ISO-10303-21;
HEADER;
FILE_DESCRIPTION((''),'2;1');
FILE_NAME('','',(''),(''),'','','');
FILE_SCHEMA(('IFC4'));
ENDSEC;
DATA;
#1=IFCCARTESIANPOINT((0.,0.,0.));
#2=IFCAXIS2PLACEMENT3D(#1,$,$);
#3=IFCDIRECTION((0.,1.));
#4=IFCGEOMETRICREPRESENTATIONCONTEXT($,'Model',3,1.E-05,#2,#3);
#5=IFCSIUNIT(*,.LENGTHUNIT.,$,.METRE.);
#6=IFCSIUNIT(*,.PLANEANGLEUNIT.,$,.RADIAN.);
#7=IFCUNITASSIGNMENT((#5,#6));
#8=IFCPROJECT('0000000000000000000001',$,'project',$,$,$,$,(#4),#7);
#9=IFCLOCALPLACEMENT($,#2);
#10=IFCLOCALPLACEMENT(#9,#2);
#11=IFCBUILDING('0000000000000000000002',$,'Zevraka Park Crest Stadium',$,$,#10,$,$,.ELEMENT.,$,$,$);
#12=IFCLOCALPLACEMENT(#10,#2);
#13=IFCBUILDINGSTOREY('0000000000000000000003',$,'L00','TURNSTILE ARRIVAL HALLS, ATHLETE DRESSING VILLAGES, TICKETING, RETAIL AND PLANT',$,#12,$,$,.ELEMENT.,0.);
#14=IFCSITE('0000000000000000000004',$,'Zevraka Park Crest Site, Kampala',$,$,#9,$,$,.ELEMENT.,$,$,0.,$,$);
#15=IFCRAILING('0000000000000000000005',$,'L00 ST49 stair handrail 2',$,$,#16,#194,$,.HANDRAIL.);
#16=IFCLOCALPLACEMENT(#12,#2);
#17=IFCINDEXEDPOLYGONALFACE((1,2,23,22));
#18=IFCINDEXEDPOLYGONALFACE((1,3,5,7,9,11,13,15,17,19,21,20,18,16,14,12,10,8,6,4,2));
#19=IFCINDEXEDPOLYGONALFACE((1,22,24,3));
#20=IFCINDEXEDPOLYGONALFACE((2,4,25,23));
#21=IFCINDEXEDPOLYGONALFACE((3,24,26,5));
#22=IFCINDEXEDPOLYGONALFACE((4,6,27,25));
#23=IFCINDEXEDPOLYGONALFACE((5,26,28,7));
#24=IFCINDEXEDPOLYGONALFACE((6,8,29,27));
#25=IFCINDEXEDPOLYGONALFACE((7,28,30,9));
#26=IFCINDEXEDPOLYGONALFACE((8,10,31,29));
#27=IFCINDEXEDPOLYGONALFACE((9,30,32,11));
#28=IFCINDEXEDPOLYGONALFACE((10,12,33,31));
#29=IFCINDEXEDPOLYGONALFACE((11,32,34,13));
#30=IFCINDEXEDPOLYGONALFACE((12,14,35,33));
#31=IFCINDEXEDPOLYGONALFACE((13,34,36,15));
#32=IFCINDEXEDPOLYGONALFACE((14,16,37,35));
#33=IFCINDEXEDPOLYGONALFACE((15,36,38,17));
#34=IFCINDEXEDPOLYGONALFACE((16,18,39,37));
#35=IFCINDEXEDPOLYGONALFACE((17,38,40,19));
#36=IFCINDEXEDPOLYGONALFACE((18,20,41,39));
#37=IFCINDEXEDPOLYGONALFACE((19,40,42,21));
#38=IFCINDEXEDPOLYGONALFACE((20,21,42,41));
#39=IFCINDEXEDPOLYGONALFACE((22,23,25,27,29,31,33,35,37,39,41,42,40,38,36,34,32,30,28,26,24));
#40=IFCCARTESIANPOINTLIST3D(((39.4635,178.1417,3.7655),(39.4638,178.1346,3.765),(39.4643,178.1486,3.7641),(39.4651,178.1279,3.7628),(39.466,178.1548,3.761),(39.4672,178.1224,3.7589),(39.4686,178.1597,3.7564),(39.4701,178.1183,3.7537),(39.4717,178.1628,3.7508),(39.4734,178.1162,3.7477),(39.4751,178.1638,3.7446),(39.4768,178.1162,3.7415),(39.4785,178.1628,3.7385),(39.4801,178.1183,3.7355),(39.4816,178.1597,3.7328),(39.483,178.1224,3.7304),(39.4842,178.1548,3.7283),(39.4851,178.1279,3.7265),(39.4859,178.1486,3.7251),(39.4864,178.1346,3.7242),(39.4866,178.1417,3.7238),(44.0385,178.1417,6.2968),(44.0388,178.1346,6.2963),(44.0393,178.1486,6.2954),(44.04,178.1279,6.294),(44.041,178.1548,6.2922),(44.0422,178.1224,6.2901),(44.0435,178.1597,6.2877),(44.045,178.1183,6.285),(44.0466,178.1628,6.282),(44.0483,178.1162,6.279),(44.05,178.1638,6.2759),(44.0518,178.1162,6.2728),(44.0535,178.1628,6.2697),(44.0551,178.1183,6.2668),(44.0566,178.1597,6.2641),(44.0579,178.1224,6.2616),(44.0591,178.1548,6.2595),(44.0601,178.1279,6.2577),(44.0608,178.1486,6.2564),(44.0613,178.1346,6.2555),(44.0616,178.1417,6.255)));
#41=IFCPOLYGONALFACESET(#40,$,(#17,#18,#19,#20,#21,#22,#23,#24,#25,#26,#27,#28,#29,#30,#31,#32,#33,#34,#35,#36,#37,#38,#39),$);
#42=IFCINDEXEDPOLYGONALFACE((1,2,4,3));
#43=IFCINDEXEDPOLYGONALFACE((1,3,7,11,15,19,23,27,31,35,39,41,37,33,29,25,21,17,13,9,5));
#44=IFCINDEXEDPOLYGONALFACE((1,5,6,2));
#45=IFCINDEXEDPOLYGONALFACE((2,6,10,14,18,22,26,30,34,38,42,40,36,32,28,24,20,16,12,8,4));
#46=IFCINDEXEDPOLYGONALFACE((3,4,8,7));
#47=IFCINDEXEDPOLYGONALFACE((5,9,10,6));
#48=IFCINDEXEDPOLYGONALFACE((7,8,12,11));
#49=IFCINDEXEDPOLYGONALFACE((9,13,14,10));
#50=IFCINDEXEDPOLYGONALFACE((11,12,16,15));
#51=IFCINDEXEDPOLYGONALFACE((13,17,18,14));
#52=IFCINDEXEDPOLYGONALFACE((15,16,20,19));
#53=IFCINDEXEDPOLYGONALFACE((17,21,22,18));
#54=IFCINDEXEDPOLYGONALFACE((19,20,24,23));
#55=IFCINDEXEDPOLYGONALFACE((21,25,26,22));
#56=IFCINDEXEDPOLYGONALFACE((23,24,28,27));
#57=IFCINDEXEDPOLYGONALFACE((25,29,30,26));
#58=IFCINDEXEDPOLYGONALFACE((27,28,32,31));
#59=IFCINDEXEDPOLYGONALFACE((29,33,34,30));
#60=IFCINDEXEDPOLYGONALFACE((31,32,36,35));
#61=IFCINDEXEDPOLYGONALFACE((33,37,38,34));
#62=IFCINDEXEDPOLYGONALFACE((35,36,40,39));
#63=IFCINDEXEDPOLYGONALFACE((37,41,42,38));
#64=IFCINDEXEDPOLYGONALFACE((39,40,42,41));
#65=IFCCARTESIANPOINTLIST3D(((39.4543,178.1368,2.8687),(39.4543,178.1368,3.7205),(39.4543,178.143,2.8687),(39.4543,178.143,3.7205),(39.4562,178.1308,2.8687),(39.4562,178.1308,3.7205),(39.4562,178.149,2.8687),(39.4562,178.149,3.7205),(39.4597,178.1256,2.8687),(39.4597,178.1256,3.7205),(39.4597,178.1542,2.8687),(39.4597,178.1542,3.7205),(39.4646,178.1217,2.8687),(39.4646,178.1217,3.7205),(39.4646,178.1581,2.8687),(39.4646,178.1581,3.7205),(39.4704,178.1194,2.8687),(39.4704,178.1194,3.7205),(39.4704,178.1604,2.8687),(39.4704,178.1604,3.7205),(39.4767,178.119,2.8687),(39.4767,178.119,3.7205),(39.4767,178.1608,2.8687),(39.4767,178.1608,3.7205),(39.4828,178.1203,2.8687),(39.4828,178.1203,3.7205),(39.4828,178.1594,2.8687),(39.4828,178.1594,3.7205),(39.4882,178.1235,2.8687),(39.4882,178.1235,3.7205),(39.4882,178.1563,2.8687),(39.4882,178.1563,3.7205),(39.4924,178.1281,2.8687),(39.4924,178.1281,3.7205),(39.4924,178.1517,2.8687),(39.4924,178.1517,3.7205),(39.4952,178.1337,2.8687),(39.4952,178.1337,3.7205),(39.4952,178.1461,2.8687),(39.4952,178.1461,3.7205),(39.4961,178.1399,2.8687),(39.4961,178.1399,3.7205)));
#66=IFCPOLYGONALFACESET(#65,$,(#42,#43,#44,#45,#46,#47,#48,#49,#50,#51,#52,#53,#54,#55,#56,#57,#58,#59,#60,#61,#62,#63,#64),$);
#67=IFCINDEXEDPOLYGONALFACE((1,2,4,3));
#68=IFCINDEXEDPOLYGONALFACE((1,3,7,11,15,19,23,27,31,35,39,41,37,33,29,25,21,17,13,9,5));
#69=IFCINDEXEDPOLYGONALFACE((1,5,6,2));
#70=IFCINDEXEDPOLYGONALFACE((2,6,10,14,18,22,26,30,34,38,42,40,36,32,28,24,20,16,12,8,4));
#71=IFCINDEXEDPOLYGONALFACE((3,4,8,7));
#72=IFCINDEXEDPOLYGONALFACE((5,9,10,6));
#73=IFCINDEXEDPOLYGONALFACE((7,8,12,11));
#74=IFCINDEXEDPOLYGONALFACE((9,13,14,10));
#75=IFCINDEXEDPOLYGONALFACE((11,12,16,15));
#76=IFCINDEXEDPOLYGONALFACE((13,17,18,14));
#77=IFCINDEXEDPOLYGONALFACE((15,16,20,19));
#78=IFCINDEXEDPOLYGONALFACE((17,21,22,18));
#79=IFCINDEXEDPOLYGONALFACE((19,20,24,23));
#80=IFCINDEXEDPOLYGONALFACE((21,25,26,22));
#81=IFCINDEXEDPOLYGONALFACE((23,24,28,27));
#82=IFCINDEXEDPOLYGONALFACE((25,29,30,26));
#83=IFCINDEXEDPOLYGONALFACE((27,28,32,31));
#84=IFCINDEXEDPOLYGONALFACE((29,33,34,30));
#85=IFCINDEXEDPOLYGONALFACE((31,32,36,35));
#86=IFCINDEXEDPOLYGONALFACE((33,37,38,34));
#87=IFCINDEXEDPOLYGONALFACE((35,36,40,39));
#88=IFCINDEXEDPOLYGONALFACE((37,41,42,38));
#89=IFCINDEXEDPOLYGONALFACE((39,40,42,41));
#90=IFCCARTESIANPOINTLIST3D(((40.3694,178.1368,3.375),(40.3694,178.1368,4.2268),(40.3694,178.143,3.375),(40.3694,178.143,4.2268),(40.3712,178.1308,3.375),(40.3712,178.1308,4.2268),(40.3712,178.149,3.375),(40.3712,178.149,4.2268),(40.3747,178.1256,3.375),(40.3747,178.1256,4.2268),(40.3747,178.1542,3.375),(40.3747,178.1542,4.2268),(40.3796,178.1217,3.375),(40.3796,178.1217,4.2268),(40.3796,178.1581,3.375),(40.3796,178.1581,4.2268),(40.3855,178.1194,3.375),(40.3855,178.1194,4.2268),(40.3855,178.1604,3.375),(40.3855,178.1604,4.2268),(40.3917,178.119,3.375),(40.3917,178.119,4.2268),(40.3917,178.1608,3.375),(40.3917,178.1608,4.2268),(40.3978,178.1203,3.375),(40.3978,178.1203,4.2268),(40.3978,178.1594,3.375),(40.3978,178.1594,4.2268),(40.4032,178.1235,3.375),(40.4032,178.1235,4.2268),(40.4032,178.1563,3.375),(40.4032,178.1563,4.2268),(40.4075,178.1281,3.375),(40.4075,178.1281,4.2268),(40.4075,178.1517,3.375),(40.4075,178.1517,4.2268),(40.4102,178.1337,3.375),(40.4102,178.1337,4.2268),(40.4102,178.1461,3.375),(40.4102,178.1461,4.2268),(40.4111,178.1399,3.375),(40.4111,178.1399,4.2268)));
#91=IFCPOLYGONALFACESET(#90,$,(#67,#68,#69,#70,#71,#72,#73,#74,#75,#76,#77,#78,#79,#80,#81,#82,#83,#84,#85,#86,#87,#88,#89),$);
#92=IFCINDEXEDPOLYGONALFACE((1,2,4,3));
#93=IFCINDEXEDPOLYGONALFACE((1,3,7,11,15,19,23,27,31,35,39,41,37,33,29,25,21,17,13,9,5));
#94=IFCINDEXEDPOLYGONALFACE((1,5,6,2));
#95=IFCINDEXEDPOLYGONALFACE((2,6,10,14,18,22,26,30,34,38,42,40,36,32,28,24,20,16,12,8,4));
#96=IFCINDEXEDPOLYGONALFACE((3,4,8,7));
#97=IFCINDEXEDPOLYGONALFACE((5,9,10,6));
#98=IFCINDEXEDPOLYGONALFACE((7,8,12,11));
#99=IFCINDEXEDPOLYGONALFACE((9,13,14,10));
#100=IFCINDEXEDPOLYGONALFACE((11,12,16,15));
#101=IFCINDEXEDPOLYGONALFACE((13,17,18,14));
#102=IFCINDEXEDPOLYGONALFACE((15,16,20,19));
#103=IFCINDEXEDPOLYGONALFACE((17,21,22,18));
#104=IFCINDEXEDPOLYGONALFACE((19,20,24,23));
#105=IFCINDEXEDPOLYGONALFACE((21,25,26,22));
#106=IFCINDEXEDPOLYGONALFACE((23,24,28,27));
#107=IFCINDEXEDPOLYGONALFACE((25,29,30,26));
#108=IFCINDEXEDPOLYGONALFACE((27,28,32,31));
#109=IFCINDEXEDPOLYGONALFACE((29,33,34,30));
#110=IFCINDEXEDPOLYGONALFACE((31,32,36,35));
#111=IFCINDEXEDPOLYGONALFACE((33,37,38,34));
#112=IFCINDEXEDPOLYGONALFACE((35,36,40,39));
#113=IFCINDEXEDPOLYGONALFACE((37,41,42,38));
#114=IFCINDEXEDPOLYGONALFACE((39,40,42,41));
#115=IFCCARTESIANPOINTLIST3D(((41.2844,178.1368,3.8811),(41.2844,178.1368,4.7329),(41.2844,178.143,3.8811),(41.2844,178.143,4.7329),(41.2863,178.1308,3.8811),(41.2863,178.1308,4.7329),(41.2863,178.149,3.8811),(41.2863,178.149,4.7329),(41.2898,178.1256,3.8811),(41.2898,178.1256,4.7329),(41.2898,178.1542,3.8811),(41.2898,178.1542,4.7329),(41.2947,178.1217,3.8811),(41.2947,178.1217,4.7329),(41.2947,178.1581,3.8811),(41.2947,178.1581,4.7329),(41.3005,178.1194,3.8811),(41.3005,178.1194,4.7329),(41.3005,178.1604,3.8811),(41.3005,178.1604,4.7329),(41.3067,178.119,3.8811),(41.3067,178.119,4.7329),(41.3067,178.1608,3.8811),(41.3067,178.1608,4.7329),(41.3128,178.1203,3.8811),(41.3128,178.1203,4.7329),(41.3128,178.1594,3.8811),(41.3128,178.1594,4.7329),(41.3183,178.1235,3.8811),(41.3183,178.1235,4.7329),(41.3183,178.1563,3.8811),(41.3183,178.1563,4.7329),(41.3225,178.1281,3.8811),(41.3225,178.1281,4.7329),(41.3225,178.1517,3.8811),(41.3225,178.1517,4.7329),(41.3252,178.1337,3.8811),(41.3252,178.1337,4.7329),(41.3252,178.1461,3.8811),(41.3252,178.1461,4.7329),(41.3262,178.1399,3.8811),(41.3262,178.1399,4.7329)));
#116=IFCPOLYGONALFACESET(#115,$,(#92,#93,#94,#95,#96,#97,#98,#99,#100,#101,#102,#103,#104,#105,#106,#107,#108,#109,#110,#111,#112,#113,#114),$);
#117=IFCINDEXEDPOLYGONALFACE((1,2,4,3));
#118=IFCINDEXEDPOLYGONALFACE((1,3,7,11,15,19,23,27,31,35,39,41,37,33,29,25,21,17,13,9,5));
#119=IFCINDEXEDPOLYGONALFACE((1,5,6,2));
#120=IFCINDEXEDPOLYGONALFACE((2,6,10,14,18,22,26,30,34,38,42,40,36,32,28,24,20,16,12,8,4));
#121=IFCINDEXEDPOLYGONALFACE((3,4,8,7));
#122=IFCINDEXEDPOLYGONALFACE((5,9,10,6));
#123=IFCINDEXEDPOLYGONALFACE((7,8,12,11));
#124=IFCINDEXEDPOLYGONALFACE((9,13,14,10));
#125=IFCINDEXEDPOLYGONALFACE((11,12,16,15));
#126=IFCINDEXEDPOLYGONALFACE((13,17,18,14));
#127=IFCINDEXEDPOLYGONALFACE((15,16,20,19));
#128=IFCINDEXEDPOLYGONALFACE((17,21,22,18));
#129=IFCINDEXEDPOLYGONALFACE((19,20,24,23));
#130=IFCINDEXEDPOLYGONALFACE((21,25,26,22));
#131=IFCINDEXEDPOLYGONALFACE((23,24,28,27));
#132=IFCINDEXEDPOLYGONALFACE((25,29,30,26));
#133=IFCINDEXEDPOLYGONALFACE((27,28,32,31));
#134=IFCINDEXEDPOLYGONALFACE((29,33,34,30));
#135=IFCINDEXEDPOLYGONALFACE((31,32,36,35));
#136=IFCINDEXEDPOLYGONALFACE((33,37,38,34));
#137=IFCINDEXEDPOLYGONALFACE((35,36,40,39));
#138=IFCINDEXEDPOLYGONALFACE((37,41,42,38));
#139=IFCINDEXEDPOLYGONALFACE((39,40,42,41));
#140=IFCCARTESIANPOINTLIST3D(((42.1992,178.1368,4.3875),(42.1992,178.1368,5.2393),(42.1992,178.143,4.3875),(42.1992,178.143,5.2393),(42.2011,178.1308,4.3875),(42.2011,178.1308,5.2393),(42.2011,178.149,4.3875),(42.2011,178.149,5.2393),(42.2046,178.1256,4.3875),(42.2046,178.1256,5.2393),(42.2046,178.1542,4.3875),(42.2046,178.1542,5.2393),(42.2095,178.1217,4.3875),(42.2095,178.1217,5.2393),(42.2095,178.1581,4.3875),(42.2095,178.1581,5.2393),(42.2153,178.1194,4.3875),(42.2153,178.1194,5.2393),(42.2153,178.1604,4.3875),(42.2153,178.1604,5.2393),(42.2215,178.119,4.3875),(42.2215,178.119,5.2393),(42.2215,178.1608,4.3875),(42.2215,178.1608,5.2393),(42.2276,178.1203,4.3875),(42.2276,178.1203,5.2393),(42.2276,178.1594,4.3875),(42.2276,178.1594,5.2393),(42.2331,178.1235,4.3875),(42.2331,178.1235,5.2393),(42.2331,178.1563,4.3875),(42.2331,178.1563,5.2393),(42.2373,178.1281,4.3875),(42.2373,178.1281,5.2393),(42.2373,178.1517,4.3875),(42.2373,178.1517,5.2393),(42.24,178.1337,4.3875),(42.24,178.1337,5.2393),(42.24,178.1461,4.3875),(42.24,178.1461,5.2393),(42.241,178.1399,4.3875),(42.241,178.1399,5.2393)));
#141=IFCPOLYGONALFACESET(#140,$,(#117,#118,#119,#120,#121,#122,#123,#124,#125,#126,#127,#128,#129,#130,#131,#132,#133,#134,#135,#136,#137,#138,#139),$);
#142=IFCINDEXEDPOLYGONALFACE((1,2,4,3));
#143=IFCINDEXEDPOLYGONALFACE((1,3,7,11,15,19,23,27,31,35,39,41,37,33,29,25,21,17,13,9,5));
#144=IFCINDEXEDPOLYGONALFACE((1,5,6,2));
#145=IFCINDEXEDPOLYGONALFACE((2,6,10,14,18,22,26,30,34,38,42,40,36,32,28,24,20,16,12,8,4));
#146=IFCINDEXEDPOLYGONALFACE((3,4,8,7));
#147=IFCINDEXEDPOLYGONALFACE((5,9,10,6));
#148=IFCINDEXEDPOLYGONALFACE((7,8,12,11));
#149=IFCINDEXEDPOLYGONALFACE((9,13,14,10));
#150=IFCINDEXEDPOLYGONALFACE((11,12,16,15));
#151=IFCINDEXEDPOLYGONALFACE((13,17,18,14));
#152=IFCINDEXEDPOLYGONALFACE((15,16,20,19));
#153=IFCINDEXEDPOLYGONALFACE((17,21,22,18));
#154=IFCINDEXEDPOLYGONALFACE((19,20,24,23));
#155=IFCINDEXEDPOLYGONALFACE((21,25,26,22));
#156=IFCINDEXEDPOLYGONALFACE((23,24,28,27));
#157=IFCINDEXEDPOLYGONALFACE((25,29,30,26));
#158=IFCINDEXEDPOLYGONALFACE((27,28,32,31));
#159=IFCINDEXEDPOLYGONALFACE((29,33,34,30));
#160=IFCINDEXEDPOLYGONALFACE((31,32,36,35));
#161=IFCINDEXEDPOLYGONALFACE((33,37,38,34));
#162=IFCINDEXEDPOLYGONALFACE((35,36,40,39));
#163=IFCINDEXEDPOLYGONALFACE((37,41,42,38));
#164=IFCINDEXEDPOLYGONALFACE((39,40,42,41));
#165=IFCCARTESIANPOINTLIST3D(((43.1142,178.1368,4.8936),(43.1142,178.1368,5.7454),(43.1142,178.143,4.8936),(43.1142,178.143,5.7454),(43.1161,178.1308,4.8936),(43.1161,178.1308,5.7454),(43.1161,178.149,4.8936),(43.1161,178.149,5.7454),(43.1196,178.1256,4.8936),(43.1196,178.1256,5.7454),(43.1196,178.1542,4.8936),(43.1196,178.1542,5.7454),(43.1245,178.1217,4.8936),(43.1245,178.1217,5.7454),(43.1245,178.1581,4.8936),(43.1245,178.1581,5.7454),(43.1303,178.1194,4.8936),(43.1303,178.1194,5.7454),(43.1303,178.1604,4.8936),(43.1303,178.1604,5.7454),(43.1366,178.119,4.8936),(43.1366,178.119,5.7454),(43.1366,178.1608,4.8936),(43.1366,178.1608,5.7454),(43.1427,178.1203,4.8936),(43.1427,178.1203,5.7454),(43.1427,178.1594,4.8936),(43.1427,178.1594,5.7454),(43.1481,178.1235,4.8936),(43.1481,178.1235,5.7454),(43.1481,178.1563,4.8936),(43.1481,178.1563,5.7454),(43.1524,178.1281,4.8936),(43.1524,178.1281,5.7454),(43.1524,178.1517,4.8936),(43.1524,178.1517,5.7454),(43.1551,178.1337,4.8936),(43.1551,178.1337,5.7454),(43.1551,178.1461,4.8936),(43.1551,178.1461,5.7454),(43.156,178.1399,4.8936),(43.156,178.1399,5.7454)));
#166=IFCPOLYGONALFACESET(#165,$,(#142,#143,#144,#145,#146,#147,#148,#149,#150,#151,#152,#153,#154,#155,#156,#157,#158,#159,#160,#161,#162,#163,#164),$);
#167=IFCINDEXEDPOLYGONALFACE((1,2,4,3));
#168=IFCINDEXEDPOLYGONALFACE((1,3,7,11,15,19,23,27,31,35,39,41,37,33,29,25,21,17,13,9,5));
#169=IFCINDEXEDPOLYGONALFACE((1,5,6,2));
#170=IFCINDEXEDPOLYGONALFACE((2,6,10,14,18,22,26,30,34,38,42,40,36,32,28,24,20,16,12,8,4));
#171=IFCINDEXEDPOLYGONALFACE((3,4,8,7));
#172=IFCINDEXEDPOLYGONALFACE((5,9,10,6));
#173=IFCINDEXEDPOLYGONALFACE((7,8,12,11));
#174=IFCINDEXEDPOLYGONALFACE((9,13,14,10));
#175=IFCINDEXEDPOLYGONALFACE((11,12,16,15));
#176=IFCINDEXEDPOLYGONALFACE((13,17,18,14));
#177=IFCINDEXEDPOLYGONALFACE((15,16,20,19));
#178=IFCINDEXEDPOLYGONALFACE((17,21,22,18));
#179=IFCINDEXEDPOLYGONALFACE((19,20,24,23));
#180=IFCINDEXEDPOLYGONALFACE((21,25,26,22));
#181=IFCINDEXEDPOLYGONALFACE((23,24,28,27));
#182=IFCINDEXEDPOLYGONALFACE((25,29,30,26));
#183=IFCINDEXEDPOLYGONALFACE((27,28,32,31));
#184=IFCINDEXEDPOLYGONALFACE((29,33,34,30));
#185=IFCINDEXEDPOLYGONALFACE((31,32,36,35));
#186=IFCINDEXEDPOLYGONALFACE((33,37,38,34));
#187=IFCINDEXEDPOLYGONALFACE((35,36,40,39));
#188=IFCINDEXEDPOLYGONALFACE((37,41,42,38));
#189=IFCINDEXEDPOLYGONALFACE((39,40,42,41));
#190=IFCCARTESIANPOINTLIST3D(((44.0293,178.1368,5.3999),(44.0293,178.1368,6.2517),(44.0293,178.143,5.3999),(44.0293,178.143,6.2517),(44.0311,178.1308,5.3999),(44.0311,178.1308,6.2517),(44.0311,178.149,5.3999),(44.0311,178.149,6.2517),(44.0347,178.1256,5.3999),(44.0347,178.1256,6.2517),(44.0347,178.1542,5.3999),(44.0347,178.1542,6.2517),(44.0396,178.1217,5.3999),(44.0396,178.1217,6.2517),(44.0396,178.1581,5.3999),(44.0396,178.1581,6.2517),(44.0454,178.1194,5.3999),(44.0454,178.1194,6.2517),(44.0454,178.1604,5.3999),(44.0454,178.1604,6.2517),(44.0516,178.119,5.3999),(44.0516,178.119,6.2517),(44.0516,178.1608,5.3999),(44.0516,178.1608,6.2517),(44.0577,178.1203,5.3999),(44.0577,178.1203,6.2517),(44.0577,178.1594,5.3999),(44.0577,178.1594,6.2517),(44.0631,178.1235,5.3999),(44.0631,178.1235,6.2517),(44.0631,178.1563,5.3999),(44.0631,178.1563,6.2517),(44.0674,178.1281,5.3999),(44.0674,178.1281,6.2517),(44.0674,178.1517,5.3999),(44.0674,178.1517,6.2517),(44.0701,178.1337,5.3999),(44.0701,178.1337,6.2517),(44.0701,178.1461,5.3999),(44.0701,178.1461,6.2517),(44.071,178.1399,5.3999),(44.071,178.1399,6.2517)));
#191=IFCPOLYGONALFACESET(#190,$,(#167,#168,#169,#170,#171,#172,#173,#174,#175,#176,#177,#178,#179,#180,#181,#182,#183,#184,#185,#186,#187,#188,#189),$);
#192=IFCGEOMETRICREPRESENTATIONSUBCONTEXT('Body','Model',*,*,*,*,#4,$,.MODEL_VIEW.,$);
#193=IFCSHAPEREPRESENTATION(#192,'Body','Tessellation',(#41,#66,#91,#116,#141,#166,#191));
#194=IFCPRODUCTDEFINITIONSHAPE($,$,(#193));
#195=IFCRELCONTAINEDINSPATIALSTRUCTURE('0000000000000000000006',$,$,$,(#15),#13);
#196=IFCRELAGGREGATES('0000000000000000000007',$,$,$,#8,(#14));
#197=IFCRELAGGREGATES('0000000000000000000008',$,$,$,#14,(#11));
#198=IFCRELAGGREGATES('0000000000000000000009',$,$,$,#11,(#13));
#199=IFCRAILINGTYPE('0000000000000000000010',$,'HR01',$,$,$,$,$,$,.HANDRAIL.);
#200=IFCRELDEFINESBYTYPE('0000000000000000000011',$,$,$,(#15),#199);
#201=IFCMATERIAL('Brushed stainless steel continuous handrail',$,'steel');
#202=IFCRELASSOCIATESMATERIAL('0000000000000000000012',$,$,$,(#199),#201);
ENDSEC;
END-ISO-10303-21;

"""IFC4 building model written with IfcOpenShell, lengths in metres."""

from ifc_helpers import new_model, si_unit, direction, frame, origin, origin_2d, place, context, subcontext, project, spatial, circle, extrude, material, type_object, element, save


model = new_model("IFC4")

# Units and contexts
model_context = context("Model", 3, precision=1e-05, world=origin(), true_north=direction((0.0, 1.0)))
body_context = subcontext(model_context, "Body", "Model", "MODEL_VIEW")
ifc_project = project(units=[si_unit("LENGTHUNIT", "METRE"), si_unit("PLANEANGLEUNIT", "RADIAN")], contexts=[model_context])

# Site, building, storey
site_placement = place(None, origin())
site = spatial("IfcSite", under=ifc_project, at=site_placement, Name="Zevraka Park Crest Site, Kampala", CompositionType="ELEMENT", RefElevation=0.0)
building_placement = place(site_placement, origin())
building = spatial("IfcBuilding", under=site, at=building_placement, Name="Zevraka Park Crest Stadium", CompositionType="ELEMENT")
storey_placement = place(building_placement, origin())
storey = spatial("IfcBuildingStorey", under=building, at=storey_placement, Name="L00", Description="TURNSTILE ARRIVAL HALLS, ATHLETE DRESSING VILLAGES, TICKETING, RETAIL AND PLANT", CompositionType="ELEMENT", Elevation=0.0)

# Railing
ifc_material_1 = material(Name="Brushed stainless steel continuous handrail", Category="steel")
railing_type_1 = type_object("IfcRailingType", Name="HR01", PredefinedType="HANDRAIL", material=ifc_material_1)
railing_1_placement = place(storey_placement, frame((39.4751, 178.1399, 2.8687)))
element("IfcRailing", 1, at=railing_1_placement, inside=storey, type_object=railing_type_1, Name="L00 ST49 stair handrail 2", PredefinedType="HANDRAIL", context=body_context, shape_type="SweptSolid", body=[
    extrude(circle(Radius=0.0239, at=origin_2d()), frame((0.0, 0.0, 0.876), z_axis=(0.875, 0.0, 0.484124), x_axis=(0.0, 1.0, 0.0)), (0.0, 0.0, 1.0), 5.2285),
    extrude(circle(Radius=0.021, at=origin_2d()), origin(), (0.0, 0.0, 1.0), 0.8518),
    extrude(circle(Radius=0.021, at=origin_2d()), frame((0.915, 0.0, 0.5063)), (0.0, 0.0, 1.0), 0.8518),
    extrude(circle(Radius=0.021, at=origin_2d()), frame((1.8301, 0.0, 1.0125)), (0.0, 0.0, 1.0), 0.8518),
    extrude(circle(Radius=0.021, at=origin_2d()), frame((2.7449, 0.0, 1.5188)), (0.0, 0.0, 1.0), 0.8518),
    extrude(circle(Radius=0.021, at=origin_2d()), frame((3.6599, 0.0, 2.0249)), (0.0, 0.0, 1.0), 0.8518),
    extrude(circle(Radius=0.021, at=origin_2d()), frame((4.575, 0.0, 2.5312)), (0.0, 0.0, 1.0), 0.8518),
])

save(model, "model.ifc")
